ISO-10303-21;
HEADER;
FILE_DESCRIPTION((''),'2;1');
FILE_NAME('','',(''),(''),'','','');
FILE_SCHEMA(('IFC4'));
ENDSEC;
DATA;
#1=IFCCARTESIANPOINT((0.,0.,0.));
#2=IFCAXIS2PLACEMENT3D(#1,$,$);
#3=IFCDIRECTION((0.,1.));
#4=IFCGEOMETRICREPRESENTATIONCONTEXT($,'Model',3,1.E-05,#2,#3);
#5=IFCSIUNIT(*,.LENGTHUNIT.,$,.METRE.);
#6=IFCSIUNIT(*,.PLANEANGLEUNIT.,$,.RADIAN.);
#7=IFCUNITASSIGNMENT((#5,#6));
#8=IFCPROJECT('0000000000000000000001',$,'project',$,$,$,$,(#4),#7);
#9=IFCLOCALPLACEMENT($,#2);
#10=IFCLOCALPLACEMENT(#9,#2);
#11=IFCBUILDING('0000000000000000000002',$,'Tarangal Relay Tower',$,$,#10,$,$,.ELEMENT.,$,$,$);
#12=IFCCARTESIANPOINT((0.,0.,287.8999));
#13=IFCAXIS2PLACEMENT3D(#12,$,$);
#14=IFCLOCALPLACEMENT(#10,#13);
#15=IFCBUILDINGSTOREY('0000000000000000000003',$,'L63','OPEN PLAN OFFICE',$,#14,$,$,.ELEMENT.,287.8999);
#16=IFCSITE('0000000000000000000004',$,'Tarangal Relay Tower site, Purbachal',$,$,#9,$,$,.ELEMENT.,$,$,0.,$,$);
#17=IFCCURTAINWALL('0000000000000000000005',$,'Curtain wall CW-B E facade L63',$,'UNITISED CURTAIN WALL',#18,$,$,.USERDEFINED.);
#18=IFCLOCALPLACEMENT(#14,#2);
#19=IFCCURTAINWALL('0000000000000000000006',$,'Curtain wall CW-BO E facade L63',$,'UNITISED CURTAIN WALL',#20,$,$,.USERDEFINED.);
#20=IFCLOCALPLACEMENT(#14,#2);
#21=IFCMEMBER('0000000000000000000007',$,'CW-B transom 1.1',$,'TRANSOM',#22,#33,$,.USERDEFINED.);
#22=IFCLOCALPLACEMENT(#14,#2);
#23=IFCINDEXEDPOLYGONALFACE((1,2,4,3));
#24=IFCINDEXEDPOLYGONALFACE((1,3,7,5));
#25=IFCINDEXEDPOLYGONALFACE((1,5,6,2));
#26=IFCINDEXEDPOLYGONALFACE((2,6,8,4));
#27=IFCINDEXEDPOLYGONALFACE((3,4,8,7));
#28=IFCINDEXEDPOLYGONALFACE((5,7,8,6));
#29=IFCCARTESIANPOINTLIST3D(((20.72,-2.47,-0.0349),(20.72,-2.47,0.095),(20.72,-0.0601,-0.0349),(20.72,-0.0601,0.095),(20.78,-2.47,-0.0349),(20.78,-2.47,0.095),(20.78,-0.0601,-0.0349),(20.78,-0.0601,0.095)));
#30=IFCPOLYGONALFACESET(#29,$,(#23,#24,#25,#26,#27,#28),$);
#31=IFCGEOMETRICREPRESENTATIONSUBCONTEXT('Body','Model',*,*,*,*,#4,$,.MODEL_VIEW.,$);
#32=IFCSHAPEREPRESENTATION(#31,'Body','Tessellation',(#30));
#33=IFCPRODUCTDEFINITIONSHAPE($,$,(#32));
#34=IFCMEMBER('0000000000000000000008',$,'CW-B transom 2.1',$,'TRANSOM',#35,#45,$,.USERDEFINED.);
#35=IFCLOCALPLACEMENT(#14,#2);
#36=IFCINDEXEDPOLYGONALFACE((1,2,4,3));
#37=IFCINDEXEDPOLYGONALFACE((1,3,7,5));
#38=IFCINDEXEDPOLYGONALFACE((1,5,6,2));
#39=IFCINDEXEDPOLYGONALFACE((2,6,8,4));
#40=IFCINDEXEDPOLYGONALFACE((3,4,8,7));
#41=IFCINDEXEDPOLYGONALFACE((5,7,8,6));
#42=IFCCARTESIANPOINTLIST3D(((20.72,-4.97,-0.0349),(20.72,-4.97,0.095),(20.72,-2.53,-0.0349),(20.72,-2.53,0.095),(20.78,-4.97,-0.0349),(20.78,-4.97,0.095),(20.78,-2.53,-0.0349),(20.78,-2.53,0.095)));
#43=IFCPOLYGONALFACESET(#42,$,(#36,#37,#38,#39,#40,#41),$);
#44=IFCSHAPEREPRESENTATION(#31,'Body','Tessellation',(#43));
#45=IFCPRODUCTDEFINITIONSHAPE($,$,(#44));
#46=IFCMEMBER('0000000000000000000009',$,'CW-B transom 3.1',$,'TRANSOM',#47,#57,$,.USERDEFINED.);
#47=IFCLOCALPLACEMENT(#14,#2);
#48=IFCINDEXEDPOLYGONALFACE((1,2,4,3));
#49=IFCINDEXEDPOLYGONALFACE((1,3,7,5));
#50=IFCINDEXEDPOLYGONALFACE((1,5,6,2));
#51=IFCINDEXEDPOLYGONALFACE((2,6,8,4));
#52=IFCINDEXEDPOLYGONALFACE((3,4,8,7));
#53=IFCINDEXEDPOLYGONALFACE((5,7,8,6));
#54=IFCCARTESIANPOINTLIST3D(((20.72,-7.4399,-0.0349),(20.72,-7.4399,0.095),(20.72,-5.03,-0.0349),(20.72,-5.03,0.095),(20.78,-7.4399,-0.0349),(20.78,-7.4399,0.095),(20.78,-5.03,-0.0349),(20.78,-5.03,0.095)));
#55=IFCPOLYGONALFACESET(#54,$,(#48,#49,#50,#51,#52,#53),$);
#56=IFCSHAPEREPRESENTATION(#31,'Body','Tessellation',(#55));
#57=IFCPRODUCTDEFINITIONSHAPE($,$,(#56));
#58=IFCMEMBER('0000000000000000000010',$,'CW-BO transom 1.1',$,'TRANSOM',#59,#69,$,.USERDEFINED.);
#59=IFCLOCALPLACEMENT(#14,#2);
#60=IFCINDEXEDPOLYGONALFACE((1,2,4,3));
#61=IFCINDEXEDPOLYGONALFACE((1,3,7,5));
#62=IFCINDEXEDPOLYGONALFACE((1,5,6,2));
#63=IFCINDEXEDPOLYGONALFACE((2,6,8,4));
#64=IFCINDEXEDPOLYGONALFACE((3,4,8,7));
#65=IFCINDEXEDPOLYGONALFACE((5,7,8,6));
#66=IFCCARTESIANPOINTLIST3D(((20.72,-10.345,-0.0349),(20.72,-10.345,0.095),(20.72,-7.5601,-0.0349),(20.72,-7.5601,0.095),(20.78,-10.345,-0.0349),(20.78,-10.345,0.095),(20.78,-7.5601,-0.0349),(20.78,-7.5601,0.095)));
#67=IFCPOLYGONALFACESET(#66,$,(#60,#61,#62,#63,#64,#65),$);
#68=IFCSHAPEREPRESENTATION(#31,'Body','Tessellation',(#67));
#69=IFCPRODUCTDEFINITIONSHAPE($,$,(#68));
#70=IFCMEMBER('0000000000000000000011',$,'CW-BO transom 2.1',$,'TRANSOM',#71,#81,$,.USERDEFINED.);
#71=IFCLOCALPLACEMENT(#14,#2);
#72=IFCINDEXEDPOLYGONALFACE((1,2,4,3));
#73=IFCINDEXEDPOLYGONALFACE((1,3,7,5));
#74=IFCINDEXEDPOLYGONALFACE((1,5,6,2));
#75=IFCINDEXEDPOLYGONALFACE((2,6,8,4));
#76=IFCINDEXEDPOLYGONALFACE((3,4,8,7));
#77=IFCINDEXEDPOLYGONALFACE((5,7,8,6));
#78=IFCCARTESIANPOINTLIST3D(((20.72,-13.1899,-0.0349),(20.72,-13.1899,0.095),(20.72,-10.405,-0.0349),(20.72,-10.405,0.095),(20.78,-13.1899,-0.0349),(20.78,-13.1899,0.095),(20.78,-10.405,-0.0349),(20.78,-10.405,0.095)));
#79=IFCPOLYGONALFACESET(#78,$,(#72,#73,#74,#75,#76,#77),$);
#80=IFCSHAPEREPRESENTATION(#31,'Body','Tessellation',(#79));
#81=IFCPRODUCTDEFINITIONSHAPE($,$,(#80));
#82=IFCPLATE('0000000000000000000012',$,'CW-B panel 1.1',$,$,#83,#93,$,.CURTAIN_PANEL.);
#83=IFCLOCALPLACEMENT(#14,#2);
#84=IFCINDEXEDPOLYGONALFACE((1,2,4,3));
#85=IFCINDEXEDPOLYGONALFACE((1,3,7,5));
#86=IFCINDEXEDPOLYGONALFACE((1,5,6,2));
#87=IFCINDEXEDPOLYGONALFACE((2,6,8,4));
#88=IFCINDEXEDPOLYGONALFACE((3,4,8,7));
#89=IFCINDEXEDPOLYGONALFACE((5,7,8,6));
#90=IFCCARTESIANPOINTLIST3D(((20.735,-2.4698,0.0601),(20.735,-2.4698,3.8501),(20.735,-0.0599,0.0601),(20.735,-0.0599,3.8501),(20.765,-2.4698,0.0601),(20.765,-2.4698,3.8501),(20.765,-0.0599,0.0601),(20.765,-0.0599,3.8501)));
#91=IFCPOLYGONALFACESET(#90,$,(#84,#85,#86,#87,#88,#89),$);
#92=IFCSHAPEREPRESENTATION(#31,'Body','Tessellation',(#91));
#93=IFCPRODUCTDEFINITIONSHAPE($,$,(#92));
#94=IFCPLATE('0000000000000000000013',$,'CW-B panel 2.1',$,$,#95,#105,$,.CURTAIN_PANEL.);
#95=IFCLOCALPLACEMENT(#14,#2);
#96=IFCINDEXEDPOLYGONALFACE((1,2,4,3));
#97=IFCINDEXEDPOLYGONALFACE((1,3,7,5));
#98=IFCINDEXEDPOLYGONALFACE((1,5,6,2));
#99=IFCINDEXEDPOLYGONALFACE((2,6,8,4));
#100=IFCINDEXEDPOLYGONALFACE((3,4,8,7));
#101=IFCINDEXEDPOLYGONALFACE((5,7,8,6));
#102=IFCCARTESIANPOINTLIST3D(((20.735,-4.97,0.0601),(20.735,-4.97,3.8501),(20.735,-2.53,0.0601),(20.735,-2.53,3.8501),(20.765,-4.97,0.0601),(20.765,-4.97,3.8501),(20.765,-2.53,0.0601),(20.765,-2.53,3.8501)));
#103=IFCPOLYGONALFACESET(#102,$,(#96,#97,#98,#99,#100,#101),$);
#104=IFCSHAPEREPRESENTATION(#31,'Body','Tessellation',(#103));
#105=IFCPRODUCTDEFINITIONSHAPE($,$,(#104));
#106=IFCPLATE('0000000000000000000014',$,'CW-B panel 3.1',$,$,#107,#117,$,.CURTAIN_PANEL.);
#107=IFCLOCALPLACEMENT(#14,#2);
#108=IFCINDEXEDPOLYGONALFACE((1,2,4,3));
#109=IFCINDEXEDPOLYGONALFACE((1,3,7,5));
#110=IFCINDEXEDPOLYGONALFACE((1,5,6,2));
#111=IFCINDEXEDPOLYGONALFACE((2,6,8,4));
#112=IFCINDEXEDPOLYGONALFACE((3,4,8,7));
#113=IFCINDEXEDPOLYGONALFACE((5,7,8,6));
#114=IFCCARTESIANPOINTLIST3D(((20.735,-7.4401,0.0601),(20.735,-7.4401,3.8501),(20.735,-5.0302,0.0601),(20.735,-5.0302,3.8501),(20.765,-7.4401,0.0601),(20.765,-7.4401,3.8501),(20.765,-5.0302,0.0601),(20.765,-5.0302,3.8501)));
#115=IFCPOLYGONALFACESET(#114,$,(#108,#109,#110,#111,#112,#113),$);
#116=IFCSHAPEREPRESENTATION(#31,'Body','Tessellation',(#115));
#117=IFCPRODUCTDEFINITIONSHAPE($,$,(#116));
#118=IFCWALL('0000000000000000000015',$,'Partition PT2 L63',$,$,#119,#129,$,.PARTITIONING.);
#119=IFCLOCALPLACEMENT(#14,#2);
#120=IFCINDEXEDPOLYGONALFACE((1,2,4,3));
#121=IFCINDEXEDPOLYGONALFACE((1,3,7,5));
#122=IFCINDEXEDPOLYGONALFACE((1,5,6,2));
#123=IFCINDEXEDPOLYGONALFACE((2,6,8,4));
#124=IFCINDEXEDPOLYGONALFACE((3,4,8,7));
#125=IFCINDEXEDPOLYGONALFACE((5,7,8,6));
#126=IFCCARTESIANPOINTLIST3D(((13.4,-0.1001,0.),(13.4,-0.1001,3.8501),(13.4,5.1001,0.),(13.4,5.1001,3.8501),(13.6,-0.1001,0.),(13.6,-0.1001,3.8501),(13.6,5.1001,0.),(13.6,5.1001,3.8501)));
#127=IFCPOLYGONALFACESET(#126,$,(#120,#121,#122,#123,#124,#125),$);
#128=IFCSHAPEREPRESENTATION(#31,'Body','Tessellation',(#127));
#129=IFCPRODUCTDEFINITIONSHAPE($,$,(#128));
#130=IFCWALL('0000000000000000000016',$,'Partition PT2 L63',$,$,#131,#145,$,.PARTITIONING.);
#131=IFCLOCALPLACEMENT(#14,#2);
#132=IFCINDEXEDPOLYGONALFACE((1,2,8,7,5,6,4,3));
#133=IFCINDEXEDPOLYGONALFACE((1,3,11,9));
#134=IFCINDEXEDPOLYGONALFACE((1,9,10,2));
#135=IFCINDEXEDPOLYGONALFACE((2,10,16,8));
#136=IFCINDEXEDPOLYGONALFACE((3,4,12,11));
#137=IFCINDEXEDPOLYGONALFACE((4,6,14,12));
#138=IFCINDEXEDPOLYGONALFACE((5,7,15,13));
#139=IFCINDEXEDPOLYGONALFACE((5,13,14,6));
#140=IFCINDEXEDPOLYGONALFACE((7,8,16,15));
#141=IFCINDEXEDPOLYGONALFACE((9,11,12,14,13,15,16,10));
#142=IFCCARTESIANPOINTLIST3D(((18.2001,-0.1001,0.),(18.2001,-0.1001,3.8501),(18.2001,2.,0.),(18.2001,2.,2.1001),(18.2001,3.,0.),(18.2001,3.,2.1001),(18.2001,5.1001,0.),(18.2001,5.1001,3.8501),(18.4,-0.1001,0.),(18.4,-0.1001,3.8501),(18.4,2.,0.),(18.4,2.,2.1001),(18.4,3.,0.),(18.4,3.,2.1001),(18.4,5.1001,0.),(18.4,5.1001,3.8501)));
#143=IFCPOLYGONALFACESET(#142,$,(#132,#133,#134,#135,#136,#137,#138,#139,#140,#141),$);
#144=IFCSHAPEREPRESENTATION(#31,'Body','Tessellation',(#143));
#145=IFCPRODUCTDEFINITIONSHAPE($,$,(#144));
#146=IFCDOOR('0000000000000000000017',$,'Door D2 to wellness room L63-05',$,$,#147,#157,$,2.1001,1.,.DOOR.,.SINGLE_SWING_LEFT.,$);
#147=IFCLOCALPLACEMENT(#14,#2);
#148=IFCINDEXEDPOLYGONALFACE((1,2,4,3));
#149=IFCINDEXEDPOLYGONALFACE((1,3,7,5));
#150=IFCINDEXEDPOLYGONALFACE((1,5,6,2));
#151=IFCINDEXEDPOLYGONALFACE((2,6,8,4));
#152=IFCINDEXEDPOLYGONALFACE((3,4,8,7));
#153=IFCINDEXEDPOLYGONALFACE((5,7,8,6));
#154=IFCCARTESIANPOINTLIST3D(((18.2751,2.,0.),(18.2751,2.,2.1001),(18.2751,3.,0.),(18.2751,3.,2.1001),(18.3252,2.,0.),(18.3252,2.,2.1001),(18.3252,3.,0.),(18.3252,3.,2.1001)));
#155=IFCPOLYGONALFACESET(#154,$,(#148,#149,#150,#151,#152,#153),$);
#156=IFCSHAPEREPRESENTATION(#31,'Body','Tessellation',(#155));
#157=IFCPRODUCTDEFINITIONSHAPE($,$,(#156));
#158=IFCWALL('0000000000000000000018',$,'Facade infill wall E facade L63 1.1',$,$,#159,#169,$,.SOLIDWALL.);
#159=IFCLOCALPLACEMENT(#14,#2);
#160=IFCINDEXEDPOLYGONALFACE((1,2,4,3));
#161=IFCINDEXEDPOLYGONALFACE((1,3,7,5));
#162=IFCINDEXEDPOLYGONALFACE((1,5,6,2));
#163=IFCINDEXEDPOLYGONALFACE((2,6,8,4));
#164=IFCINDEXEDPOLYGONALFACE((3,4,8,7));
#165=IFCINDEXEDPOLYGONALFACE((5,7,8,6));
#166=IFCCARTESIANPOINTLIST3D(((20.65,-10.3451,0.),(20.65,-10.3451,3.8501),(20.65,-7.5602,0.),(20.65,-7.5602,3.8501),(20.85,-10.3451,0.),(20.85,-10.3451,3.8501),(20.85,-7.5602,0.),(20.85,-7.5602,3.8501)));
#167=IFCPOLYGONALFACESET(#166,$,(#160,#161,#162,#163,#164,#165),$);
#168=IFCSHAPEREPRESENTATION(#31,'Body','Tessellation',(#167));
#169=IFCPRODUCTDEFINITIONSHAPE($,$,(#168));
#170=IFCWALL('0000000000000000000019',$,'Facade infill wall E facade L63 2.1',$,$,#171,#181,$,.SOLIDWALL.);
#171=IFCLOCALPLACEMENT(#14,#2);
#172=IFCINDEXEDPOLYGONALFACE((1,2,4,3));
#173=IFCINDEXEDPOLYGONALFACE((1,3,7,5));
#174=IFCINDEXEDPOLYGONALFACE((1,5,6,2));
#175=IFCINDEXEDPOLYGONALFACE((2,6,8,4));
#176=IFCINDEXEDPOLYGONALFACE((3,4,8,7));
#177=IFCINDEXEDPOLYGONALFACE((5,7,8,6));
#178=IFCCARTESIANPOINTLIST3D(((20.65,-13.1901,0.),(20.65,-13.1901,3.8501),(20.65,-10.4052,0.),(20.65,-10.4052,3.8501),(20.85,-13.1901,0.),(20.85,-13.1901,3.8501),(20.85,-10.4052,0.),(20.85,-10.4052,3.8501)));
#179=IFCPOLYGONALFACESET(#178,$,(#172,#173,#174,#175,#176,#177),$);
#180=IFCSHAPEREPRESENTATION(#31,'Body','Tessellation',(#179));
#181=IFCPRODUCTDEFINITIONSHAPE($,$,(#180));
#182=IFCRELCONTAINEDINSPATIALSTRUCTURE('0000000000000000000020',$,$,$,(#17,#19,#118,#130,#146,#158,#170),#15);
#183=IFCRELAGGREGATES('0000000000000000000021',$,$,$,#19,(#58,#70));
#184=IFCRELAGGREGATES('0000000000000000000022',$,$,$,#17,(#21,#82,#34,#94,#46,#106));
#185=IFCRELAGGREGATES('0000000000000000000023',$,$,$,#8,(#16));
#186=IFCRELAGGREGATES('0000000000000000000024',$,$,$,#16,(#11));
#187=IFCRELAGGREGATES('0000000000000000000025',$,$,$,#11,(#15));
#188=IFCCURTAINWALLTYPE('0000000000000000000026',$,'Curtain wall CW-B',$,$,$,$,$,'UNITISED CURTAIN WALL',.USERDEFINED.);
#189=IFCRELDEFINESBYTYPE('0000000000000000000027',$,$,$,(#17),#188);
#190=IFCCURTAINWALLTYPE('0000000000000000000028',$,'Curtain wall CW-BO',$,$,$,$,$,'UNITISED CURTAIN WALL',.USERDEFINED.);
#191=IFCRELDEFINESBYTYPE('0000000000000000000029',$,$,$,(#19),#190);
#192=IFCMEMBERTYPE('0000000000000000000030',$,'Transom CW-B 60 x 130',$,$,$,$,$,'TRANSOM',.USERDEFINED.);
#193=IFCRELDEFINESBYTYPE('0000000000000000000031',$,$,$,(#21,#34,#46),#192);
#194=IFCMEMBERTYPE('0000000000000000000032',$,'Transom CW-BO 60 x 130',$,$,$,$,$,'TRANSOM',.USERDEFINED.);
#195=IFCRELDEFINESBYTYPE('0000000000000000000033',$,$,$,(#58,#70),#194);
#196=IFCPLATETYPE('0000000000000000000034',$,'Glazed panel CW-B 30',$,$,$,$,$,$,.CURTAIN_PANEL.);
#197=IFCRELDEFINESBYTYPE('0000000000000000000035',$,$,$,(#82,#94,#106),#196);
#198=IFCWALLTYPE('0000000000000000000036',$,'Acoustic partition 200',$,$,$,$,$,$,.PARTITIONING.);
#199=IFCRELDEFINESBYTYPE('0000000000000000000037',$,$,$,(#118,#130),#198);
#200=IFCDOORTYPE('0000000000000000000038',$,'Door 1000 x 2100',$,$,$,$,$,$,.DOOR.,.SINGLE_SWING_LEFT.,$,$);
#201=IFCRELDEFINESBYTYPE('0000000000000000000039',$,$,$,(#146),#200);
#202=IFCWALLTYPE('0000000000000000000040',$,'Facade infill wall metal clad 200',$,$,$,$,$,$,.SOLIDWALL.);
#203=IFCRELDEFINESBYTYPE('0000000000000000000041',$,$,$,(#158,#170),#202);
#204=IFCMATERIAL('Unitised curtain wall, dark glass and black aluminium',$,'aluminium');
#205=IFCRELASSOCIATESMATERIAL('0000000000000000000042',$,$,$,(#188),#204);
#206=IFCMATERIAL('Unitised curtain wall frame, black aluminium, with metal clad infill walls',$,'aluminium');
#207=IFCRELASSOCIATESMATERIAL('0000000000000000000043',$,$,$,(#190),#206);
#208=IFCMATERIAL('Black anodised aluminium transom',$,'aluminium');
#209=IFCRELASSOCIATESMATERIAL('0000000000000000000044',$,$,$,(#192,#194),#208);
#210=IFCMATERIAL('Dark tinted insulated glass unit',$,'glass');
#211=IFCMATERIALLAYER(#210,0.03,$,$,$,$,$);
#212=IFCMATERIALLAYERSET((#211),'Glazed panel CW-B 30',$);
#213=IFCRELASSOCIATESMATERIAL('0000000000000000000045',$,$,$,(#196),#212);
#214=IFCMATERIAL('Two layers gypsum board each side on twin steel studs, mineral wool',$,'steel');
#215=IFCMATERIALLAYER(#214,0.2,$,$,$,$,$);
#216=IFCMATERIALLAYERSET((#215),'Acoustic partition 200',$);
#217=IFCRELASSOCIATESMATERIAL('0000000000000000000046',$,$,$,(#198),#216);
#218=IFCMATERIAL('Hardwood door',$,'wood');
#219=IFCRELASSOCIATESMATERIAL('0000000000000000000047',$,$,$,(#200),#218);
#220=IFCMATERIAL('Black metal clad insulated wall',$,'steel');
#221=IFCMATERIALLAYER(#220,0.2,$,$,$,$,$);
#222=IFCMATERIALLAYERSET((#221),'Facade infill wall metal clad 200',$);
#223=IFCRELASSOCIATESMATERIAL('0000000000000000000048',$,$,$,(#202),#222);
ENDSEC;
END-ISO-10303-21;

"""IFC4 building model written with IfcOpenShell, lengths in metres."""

from ifc_helpers import new_model, si_unit, direction, frame, frame_2d, origin, origin_2d, place, context, subcontext, project, spatial, rectangle, extrude, material, layer, layer_set, material_profile, profile_set, type_object, element, fill, aggregate, save


model = new_model("IFC4")

# Units and contexts
model_context = context("Model", 3, precision=1e-05, world=origin(), true_north=direction((0.0, 1.0)))
body_context = subcontext(model_context, "Body", "Model", "MODEL_VIEW")
ifc_project = project(units=[si_unit("LENGTHUNIT", "METRE"), si_unit("PLANEANGLEUNIT", "RADIAN")], contexts=[model_context])

# Site, building, storey
site_placement = place(None, origin())
site = spatial("IfcSite", under=ifc_project, at=site_placement, Name="Tarangal Relay Tower site, Purbachal", CompositionType="ELEMENT", RefElevation=0.0)
building_placement = place(site_placement, origin())
building = spatial("IfcBuilding", under=site, at=building_placement, Name="Tarangal Relay Tower", CompositionType="ELEMENT")
storey_placement = place(building_placement, frame((0.0, 0.0, 287.8999)))
storey = spatial("IfcBuildingStorey", under=building, at=storey_placement, Name="L63", Description="OPEN PLAN OFFICE", CompositionType="ELEMENT", Elevation=287.8999)

# Curtain walls
ifc_material_1 = material(Name="Unitised curtain wall, dark glass and black aluminium", Category="aluminium")
curtain_wall_type_1 = type_object("IfcCurtainWallType", Name="Curtain wall CW-B", ElementType="UNITISED CURTAIN WALL", PredefinedType="USERDEFINED", material=ifc_material_1)
curtain_wall_1_placement = place(storey_placement, origin())
curtain_wall_1 = element("IfcCurtainWall", 1, at=curtain_wall_1_placement, inside=storey, type_object=curtain_wall_type_1, Name="Curtain wall CW-B E facade L63", ObjectType="UNITISED CURTAIN WALL", PredefinedType="USERDEFINED")
ifc_material_2 = material(Name="Unitised curtain wall frame, black aluminium, with metal clad infill walls", Category="aluminium")
curtain_wall_type_2 = type_object("IfcCurtainWallType", Name="Curtain wall CW-BO", ElementType="UNITISED CURTAIN WALL", PredefinedType="USERDEFINED", material=ifc_material_2)
curtain_wall_2_placement = place(storey_placement, origin())
curtain_wall_2 = element("IfcCurtainWall", 2, at=curtain_wall_2_placement, inside=storey, type_object=curtain_wall_type_2, Name="Curtain wall CW-BO E facade L63", ObjectType="UNITISED CURTAIN WALL", PredefinedType="USERDEFINED")

# Members
ifc_material_3 = material(Name="Black anodised aluminium transom", Category="aluminium")
ifc_material_profile_1 = material_profile(ifc_material_3, rectangle(XDim=0.0601, YDim=0.1299, at=origin_2d()), Name="CW-BT 60X130")
ifc_profile_set_1 = profile_set([ifc_material_profile_1], Name="Black anodised aluminium transom")
member_type_1 = type_object("IfcMemberType", Name="Transom CW-B 60 x 130", ElementType="TRANSOM", PredefinedType="USERDEFINED", material=ifc_profile_set_1)
member_1_placement = place(storey_placement, frame((20.75, -0.0601, 0.03), z_axis=(0.0, -1.0, 0.0), x_axis=(1.0, 0.0, 0.0)))
member_1 = element("IfcMember", 3, at=member_1_placement, type_object=member_type_1, Name="CW-B transom 1.1", ObjectType="TRANSOM", PredefinedType="USERDEFINED", context=body_context, shape_type="SweptSolid", body=[
    extrude(rectangle(XDim=0.0601, YDim=0.1299, at=origin_2d()), origin(), (0.0, 0.0, 1.0), 2.4099),
])
member_2_placement = place(storey_placement, frame((20.75, -2.53, 0.03), z_axis=(0.0, -1.0, 0.0), x_axis=(1.0, 0.0, 0.0)))
member_2 = element("IfcMember", 4, at=member_2_placement, type_object=member_type_1, Name="CW-B transom 2.1", ObjectType="TRANSOM", PredefinedType="USERDEFINED", context=body_context, shape_type="SweptSolid", body=[
    extrude(rectangle(XDim=0.0601, YDim=0.1299, at=origin_2d()), origin(), (0.0, 0.0, 1.0), 2.4399),
])
member_3_placement = place(storey_placement, frame((20.75, -5.03, 0.03), z_axis=(0.0, -1.0, 0.0), x_axis=(1.0, 0.0, 0.0)))
member_3 = element("IfcMember", 5, at=member_3_placement, type_object=member_type_1, Name="CW-B transom 3.1", ObjectType="TRANSOM", PredefinedType="USERDEFINED", context=body_context, shape_type="SweptSolid", body=[
    extrude(rectangle(XDim=0.0601, YDim=0.1299, at=origin_2d()), origin(), (0.0, 0.0, 1.0), 2.4099),
])
ifc_material_profile_2 = material_profile(ifc_material_3, rectangle(XDim=0.0601, YDim=0.1299, at=origin_2d()), Name="CW-BOT 60X130")
ifc_profile_set_2 = profile_set([ifc_material_profile_2], Name="Black anodised aluminium transom")
member_type_2 = type_object("IfcMemberType", Name="Transom CW-BO 60 x 130", ElementType="TRANSOM", PredefinedType="USERDEFINED", material=ifc_profile_set_2)
member_4_placement = place(storey_placement, frame((20.75, -7.5601, 0.03), z_axis=(0.0, -1.0, 0.0), x_axis=(1.0, 0.0, 0.0)))
member_4 = element("IfcMember", 6, at=member_4_placement, type_object=member_type_2, Name="CW-BO transom 1.1", ObjectType="TRANSOM", PredefinedType="USERDEFINED", context=body_context, shape_type="SweptSolid", body=[
    extrude(rectangle(XDim=0.0601, YDim=0.1299, at=origin_2d()), origin(), (0.0, 0.0, 1.0), 2.7849),
])
member_5_placement = place(storey_placement, frame((20.75, -10.405, 0.03), z_axis=(0.0, -1.0, 0.0), x_axis=(1.0, 0.0, 0.0)))
member_5 = element("IfcMember", 7, at=member_5_placement, type_object=member_type_2, Name="CW-BO transom 2.1", ObjectType="TRANSOM", PredefinedType="USERDEFINED", context=body_context, shape_type="SweptSolid", body=[
    extrude(rectangle(XDim=0.0601, YDim=0.1299, at=origin_2d()), origin(), (0.0, 0.0, 1.0), 2.7849),
])
aggregate(curtain_wall_2, [member_4, member_5])

# Plates
ifc_material_4 = material(Name="Dark tinted insulated glass unit", Category="glass")
ifc_layer_1 = layer(ifc_material_4, 0.03)
ifc_layer_set_1 = layer_set([ifc_layer_1], Name="Glazed panel CW-B 30")
plate_type = type_object("IfcPlateType", Name="Glazed panel CW-B 30", PredefinedType="CURTAIN_PANEL", material=ifc_layer_set_1)
plate_1_placement = place(storey_placement, frame((20.75, -1.2649, 0.0601), z_axis=(0.0, 0.0, 1.0), x_axis=(0.0, -1.0, 0.0)))
plate_1 = element("IfcPlate", 8, at=plate_1_placement, type_object=plate_type, Name="CW-B panel 1.1", PredefinedType="CURTAIN_PANEL", context=body_context, shape_type="SweptSolid", body=[
    extrude(rectangle(XDim=2.4099, YDim=0.03, at=origin_2d()), origin(), (0.0, 0.0, 1.0), 3.79),
])
plate_2_placement = place(storey_placement, frame((20.75, -3.75, 0.0601), z_axis=(0.0, 0.0, 1.0), x_axis=(0.0, -1.0, 0.0)))
plate_2 = element("IfcPlate", 9, at=plate_2_placement, type_object=plate_type, Name="CW-B panel 2.1", PredefinedType="CURTAIN_PANEL", context=body_context, shape_type="SweptSolid", body=[
    extrude(rectangle(XDim=2.4399, YDim=0.03, at=origin_2d()), origin(), (0.0, 0.0, 1.0), 3.79),
])
plate_3_placement = place(storey_placement, frame((20.75, -6.2351, 0.0601), z_axis=(0.0, 0.0, 1.0), x_axis=(0.0, -1.0, 0.0)))
plate_3 = element("IfcPlate", 10, at=plate_3_placement, type_object=plate_type, Name="CW-B panel 3.1", PredefinedType="CURTAIN_PANEL", context=body_context, shape_type="SweptSolid", body=[
    extrude(rectangle(XDim=2.4099, YDim=0.03, at=origin_2d()), origin(), (0.0, 0.0, 1.0), 3.79),
])
aggregate(curtain_wall_1, [member_1, plate_1, member_2, plate_2, member_3, plate_3])

# Wall
ifc_material_5 = material(Name="Two layers gypsum board each side on twin steel studs, mineral wool", Category="steel")
ifc_layer_2 = layer(ifc_material_5, 0.2)
ifc_layer_set_2 = layer_set([ifc_layer_2], Name="Acoustic partition 200")
wall_type_1 = type_object("IfcWallType", Name="Acoustic partition 200", PredefinedType="PARTITIONING", material=ifc_layer_set_2)
wall_1_placement = place(storey_placement, frame((13.5, -0.1001, 0.0), z_axis=(0.0, 0.0, 1.0), x_axis=(0.0, 1.0, 0.0)))
element("IfcWall", 11, at=wall_1_placement, inside=storey, type_object=wall_type_1, Name="Partition PT2 L63", PredefinedType="PARTITIONING", context=body_context, shape_type="SweptSolid", body=[
    extrude(rectangle(XDim=5.2002, YDim=0.2, at=frame_2d((2.6001, 0.0))), origin(), (0.0, 0.0, 1.0), 3.8501),
])

# Wall, opening, door
wall_2_placement = place(storey_placement, frame((18.3, -0.1001, 0.0), z_axis=(0.0, 0.0, 1.0), x_axis=(0.0, 1.0, 0.0)))
wall_2 = element("IfcWall", 12, at=wall_2_placement, inside=storey, type_object=wall_type_1, Name="Partition PT2 L63", PredefinedType="PARTITIONING", context=body_context, shape_type="SweptSolid", body=[
    extrude(rectangle(XDim=5.2002, YDim=0.2, at=frame_2d((2.6001, 0.0))), origin(), (0.0, 0.0, 1.0), 3.8501),
])
opening_1_placement = place(wall_2_placement, frame((2.1001, 0.0, 0.0)))
opening_1 = element("IfcOpeningElement", 13, at=opening_1_placement, cuts=wall_2, PredefinedType="OPENING", context=body_context, shape_type="SweptSolid", body=[
    extrude(rectangle(XDim=1.0, YDim=2.1001, at=frame_2d((0.5, 1.05))), frame((0.0, 0.1099, 0.0), z_axis=(0.0, -1.0, 0.0), x_axis=(1.0, 0.0, 0.0)), (0.0, 0.0, 1.0), 0.22),
])
ifc_material_6 = material(Name="Hardwood door", Category="wood")
door_type = type_object("IfcDoorType", Name="Door 1000 x 2100", OperationType="SINGLE_SWING_LEFT", PredefinedType="DOOR", material=ifc_material_6)
door_1_placement = place(opening_1_placement, origin())
door_1 = element("IfcDoor", 14, at=door_1_placement, inside=storey, type_object=door_type, Name="Door D2 to wellness room L63-05", OperationType="SINGLE_SWING_LEFT", OverallHeight=2.1001, OverallWidth=1.0, PredefinedType="DOOR", context=body_context, shape_type="SweptSolid", body=[
    extrude(rectangle(XDim=1.0, YDim=2.1001, at=frame_2d((0.5, 1.05))), frame((0.0, 0.0249, 0.0), z_axis=(0.0, -1.0, 0.0), x_axis=(1.0, 0.0, 0.0)), (0.0, 0.0, 1.0), 0.05),
])
fill(opening_1, door_1)

# Walls
ifc_material_7 = material(Name="Black metal clad insulated wall", Category="steel")
ifc_layer_3 = layer(ifc_material_7, 0.2)
ifc_layer_set_3 = layer_set([ifc_layer_3], Name="Facade infill wall metal clad 200")
wall_type_2 = type_object("IfcWallType", Name="Facade infill wall metal clad 200", PredefinedType="SOLIDWALL", material=ifc_layer_set_3)
for number, where, z_axis, x_axis, name in (
    (15, (20.75, -7.5601, 0.0), (0.0, 0.0, 1.0), (0.0, -1.0, 0.0), "Facade infill wall E facade L63 1.1"),
    (16, (20.75, -10.405, 0.0), (0.0, 0.0, 1.0), (0.0, -1.0, 0.0), "Facade infill wall E facade L63 2.1"),
):
    element("IfcWall", number, at=place(storey_placement, frame(where, z_axis=z_axis, x_axis=x_axis)), inside=storey, type_object=wall_type_2, Name=name, PredefinedType="SOLIDWALL", context=body_context, shape_type="SweptSolid", body=[
        extrude(rectangle(XDim=2.7849, YDim=0.2, at=frame_2d((1.3926, 0.0))), origin(), (0.0, 0.0, 1.0), 3.8501),
    ])

save(model, "model.ifc")
